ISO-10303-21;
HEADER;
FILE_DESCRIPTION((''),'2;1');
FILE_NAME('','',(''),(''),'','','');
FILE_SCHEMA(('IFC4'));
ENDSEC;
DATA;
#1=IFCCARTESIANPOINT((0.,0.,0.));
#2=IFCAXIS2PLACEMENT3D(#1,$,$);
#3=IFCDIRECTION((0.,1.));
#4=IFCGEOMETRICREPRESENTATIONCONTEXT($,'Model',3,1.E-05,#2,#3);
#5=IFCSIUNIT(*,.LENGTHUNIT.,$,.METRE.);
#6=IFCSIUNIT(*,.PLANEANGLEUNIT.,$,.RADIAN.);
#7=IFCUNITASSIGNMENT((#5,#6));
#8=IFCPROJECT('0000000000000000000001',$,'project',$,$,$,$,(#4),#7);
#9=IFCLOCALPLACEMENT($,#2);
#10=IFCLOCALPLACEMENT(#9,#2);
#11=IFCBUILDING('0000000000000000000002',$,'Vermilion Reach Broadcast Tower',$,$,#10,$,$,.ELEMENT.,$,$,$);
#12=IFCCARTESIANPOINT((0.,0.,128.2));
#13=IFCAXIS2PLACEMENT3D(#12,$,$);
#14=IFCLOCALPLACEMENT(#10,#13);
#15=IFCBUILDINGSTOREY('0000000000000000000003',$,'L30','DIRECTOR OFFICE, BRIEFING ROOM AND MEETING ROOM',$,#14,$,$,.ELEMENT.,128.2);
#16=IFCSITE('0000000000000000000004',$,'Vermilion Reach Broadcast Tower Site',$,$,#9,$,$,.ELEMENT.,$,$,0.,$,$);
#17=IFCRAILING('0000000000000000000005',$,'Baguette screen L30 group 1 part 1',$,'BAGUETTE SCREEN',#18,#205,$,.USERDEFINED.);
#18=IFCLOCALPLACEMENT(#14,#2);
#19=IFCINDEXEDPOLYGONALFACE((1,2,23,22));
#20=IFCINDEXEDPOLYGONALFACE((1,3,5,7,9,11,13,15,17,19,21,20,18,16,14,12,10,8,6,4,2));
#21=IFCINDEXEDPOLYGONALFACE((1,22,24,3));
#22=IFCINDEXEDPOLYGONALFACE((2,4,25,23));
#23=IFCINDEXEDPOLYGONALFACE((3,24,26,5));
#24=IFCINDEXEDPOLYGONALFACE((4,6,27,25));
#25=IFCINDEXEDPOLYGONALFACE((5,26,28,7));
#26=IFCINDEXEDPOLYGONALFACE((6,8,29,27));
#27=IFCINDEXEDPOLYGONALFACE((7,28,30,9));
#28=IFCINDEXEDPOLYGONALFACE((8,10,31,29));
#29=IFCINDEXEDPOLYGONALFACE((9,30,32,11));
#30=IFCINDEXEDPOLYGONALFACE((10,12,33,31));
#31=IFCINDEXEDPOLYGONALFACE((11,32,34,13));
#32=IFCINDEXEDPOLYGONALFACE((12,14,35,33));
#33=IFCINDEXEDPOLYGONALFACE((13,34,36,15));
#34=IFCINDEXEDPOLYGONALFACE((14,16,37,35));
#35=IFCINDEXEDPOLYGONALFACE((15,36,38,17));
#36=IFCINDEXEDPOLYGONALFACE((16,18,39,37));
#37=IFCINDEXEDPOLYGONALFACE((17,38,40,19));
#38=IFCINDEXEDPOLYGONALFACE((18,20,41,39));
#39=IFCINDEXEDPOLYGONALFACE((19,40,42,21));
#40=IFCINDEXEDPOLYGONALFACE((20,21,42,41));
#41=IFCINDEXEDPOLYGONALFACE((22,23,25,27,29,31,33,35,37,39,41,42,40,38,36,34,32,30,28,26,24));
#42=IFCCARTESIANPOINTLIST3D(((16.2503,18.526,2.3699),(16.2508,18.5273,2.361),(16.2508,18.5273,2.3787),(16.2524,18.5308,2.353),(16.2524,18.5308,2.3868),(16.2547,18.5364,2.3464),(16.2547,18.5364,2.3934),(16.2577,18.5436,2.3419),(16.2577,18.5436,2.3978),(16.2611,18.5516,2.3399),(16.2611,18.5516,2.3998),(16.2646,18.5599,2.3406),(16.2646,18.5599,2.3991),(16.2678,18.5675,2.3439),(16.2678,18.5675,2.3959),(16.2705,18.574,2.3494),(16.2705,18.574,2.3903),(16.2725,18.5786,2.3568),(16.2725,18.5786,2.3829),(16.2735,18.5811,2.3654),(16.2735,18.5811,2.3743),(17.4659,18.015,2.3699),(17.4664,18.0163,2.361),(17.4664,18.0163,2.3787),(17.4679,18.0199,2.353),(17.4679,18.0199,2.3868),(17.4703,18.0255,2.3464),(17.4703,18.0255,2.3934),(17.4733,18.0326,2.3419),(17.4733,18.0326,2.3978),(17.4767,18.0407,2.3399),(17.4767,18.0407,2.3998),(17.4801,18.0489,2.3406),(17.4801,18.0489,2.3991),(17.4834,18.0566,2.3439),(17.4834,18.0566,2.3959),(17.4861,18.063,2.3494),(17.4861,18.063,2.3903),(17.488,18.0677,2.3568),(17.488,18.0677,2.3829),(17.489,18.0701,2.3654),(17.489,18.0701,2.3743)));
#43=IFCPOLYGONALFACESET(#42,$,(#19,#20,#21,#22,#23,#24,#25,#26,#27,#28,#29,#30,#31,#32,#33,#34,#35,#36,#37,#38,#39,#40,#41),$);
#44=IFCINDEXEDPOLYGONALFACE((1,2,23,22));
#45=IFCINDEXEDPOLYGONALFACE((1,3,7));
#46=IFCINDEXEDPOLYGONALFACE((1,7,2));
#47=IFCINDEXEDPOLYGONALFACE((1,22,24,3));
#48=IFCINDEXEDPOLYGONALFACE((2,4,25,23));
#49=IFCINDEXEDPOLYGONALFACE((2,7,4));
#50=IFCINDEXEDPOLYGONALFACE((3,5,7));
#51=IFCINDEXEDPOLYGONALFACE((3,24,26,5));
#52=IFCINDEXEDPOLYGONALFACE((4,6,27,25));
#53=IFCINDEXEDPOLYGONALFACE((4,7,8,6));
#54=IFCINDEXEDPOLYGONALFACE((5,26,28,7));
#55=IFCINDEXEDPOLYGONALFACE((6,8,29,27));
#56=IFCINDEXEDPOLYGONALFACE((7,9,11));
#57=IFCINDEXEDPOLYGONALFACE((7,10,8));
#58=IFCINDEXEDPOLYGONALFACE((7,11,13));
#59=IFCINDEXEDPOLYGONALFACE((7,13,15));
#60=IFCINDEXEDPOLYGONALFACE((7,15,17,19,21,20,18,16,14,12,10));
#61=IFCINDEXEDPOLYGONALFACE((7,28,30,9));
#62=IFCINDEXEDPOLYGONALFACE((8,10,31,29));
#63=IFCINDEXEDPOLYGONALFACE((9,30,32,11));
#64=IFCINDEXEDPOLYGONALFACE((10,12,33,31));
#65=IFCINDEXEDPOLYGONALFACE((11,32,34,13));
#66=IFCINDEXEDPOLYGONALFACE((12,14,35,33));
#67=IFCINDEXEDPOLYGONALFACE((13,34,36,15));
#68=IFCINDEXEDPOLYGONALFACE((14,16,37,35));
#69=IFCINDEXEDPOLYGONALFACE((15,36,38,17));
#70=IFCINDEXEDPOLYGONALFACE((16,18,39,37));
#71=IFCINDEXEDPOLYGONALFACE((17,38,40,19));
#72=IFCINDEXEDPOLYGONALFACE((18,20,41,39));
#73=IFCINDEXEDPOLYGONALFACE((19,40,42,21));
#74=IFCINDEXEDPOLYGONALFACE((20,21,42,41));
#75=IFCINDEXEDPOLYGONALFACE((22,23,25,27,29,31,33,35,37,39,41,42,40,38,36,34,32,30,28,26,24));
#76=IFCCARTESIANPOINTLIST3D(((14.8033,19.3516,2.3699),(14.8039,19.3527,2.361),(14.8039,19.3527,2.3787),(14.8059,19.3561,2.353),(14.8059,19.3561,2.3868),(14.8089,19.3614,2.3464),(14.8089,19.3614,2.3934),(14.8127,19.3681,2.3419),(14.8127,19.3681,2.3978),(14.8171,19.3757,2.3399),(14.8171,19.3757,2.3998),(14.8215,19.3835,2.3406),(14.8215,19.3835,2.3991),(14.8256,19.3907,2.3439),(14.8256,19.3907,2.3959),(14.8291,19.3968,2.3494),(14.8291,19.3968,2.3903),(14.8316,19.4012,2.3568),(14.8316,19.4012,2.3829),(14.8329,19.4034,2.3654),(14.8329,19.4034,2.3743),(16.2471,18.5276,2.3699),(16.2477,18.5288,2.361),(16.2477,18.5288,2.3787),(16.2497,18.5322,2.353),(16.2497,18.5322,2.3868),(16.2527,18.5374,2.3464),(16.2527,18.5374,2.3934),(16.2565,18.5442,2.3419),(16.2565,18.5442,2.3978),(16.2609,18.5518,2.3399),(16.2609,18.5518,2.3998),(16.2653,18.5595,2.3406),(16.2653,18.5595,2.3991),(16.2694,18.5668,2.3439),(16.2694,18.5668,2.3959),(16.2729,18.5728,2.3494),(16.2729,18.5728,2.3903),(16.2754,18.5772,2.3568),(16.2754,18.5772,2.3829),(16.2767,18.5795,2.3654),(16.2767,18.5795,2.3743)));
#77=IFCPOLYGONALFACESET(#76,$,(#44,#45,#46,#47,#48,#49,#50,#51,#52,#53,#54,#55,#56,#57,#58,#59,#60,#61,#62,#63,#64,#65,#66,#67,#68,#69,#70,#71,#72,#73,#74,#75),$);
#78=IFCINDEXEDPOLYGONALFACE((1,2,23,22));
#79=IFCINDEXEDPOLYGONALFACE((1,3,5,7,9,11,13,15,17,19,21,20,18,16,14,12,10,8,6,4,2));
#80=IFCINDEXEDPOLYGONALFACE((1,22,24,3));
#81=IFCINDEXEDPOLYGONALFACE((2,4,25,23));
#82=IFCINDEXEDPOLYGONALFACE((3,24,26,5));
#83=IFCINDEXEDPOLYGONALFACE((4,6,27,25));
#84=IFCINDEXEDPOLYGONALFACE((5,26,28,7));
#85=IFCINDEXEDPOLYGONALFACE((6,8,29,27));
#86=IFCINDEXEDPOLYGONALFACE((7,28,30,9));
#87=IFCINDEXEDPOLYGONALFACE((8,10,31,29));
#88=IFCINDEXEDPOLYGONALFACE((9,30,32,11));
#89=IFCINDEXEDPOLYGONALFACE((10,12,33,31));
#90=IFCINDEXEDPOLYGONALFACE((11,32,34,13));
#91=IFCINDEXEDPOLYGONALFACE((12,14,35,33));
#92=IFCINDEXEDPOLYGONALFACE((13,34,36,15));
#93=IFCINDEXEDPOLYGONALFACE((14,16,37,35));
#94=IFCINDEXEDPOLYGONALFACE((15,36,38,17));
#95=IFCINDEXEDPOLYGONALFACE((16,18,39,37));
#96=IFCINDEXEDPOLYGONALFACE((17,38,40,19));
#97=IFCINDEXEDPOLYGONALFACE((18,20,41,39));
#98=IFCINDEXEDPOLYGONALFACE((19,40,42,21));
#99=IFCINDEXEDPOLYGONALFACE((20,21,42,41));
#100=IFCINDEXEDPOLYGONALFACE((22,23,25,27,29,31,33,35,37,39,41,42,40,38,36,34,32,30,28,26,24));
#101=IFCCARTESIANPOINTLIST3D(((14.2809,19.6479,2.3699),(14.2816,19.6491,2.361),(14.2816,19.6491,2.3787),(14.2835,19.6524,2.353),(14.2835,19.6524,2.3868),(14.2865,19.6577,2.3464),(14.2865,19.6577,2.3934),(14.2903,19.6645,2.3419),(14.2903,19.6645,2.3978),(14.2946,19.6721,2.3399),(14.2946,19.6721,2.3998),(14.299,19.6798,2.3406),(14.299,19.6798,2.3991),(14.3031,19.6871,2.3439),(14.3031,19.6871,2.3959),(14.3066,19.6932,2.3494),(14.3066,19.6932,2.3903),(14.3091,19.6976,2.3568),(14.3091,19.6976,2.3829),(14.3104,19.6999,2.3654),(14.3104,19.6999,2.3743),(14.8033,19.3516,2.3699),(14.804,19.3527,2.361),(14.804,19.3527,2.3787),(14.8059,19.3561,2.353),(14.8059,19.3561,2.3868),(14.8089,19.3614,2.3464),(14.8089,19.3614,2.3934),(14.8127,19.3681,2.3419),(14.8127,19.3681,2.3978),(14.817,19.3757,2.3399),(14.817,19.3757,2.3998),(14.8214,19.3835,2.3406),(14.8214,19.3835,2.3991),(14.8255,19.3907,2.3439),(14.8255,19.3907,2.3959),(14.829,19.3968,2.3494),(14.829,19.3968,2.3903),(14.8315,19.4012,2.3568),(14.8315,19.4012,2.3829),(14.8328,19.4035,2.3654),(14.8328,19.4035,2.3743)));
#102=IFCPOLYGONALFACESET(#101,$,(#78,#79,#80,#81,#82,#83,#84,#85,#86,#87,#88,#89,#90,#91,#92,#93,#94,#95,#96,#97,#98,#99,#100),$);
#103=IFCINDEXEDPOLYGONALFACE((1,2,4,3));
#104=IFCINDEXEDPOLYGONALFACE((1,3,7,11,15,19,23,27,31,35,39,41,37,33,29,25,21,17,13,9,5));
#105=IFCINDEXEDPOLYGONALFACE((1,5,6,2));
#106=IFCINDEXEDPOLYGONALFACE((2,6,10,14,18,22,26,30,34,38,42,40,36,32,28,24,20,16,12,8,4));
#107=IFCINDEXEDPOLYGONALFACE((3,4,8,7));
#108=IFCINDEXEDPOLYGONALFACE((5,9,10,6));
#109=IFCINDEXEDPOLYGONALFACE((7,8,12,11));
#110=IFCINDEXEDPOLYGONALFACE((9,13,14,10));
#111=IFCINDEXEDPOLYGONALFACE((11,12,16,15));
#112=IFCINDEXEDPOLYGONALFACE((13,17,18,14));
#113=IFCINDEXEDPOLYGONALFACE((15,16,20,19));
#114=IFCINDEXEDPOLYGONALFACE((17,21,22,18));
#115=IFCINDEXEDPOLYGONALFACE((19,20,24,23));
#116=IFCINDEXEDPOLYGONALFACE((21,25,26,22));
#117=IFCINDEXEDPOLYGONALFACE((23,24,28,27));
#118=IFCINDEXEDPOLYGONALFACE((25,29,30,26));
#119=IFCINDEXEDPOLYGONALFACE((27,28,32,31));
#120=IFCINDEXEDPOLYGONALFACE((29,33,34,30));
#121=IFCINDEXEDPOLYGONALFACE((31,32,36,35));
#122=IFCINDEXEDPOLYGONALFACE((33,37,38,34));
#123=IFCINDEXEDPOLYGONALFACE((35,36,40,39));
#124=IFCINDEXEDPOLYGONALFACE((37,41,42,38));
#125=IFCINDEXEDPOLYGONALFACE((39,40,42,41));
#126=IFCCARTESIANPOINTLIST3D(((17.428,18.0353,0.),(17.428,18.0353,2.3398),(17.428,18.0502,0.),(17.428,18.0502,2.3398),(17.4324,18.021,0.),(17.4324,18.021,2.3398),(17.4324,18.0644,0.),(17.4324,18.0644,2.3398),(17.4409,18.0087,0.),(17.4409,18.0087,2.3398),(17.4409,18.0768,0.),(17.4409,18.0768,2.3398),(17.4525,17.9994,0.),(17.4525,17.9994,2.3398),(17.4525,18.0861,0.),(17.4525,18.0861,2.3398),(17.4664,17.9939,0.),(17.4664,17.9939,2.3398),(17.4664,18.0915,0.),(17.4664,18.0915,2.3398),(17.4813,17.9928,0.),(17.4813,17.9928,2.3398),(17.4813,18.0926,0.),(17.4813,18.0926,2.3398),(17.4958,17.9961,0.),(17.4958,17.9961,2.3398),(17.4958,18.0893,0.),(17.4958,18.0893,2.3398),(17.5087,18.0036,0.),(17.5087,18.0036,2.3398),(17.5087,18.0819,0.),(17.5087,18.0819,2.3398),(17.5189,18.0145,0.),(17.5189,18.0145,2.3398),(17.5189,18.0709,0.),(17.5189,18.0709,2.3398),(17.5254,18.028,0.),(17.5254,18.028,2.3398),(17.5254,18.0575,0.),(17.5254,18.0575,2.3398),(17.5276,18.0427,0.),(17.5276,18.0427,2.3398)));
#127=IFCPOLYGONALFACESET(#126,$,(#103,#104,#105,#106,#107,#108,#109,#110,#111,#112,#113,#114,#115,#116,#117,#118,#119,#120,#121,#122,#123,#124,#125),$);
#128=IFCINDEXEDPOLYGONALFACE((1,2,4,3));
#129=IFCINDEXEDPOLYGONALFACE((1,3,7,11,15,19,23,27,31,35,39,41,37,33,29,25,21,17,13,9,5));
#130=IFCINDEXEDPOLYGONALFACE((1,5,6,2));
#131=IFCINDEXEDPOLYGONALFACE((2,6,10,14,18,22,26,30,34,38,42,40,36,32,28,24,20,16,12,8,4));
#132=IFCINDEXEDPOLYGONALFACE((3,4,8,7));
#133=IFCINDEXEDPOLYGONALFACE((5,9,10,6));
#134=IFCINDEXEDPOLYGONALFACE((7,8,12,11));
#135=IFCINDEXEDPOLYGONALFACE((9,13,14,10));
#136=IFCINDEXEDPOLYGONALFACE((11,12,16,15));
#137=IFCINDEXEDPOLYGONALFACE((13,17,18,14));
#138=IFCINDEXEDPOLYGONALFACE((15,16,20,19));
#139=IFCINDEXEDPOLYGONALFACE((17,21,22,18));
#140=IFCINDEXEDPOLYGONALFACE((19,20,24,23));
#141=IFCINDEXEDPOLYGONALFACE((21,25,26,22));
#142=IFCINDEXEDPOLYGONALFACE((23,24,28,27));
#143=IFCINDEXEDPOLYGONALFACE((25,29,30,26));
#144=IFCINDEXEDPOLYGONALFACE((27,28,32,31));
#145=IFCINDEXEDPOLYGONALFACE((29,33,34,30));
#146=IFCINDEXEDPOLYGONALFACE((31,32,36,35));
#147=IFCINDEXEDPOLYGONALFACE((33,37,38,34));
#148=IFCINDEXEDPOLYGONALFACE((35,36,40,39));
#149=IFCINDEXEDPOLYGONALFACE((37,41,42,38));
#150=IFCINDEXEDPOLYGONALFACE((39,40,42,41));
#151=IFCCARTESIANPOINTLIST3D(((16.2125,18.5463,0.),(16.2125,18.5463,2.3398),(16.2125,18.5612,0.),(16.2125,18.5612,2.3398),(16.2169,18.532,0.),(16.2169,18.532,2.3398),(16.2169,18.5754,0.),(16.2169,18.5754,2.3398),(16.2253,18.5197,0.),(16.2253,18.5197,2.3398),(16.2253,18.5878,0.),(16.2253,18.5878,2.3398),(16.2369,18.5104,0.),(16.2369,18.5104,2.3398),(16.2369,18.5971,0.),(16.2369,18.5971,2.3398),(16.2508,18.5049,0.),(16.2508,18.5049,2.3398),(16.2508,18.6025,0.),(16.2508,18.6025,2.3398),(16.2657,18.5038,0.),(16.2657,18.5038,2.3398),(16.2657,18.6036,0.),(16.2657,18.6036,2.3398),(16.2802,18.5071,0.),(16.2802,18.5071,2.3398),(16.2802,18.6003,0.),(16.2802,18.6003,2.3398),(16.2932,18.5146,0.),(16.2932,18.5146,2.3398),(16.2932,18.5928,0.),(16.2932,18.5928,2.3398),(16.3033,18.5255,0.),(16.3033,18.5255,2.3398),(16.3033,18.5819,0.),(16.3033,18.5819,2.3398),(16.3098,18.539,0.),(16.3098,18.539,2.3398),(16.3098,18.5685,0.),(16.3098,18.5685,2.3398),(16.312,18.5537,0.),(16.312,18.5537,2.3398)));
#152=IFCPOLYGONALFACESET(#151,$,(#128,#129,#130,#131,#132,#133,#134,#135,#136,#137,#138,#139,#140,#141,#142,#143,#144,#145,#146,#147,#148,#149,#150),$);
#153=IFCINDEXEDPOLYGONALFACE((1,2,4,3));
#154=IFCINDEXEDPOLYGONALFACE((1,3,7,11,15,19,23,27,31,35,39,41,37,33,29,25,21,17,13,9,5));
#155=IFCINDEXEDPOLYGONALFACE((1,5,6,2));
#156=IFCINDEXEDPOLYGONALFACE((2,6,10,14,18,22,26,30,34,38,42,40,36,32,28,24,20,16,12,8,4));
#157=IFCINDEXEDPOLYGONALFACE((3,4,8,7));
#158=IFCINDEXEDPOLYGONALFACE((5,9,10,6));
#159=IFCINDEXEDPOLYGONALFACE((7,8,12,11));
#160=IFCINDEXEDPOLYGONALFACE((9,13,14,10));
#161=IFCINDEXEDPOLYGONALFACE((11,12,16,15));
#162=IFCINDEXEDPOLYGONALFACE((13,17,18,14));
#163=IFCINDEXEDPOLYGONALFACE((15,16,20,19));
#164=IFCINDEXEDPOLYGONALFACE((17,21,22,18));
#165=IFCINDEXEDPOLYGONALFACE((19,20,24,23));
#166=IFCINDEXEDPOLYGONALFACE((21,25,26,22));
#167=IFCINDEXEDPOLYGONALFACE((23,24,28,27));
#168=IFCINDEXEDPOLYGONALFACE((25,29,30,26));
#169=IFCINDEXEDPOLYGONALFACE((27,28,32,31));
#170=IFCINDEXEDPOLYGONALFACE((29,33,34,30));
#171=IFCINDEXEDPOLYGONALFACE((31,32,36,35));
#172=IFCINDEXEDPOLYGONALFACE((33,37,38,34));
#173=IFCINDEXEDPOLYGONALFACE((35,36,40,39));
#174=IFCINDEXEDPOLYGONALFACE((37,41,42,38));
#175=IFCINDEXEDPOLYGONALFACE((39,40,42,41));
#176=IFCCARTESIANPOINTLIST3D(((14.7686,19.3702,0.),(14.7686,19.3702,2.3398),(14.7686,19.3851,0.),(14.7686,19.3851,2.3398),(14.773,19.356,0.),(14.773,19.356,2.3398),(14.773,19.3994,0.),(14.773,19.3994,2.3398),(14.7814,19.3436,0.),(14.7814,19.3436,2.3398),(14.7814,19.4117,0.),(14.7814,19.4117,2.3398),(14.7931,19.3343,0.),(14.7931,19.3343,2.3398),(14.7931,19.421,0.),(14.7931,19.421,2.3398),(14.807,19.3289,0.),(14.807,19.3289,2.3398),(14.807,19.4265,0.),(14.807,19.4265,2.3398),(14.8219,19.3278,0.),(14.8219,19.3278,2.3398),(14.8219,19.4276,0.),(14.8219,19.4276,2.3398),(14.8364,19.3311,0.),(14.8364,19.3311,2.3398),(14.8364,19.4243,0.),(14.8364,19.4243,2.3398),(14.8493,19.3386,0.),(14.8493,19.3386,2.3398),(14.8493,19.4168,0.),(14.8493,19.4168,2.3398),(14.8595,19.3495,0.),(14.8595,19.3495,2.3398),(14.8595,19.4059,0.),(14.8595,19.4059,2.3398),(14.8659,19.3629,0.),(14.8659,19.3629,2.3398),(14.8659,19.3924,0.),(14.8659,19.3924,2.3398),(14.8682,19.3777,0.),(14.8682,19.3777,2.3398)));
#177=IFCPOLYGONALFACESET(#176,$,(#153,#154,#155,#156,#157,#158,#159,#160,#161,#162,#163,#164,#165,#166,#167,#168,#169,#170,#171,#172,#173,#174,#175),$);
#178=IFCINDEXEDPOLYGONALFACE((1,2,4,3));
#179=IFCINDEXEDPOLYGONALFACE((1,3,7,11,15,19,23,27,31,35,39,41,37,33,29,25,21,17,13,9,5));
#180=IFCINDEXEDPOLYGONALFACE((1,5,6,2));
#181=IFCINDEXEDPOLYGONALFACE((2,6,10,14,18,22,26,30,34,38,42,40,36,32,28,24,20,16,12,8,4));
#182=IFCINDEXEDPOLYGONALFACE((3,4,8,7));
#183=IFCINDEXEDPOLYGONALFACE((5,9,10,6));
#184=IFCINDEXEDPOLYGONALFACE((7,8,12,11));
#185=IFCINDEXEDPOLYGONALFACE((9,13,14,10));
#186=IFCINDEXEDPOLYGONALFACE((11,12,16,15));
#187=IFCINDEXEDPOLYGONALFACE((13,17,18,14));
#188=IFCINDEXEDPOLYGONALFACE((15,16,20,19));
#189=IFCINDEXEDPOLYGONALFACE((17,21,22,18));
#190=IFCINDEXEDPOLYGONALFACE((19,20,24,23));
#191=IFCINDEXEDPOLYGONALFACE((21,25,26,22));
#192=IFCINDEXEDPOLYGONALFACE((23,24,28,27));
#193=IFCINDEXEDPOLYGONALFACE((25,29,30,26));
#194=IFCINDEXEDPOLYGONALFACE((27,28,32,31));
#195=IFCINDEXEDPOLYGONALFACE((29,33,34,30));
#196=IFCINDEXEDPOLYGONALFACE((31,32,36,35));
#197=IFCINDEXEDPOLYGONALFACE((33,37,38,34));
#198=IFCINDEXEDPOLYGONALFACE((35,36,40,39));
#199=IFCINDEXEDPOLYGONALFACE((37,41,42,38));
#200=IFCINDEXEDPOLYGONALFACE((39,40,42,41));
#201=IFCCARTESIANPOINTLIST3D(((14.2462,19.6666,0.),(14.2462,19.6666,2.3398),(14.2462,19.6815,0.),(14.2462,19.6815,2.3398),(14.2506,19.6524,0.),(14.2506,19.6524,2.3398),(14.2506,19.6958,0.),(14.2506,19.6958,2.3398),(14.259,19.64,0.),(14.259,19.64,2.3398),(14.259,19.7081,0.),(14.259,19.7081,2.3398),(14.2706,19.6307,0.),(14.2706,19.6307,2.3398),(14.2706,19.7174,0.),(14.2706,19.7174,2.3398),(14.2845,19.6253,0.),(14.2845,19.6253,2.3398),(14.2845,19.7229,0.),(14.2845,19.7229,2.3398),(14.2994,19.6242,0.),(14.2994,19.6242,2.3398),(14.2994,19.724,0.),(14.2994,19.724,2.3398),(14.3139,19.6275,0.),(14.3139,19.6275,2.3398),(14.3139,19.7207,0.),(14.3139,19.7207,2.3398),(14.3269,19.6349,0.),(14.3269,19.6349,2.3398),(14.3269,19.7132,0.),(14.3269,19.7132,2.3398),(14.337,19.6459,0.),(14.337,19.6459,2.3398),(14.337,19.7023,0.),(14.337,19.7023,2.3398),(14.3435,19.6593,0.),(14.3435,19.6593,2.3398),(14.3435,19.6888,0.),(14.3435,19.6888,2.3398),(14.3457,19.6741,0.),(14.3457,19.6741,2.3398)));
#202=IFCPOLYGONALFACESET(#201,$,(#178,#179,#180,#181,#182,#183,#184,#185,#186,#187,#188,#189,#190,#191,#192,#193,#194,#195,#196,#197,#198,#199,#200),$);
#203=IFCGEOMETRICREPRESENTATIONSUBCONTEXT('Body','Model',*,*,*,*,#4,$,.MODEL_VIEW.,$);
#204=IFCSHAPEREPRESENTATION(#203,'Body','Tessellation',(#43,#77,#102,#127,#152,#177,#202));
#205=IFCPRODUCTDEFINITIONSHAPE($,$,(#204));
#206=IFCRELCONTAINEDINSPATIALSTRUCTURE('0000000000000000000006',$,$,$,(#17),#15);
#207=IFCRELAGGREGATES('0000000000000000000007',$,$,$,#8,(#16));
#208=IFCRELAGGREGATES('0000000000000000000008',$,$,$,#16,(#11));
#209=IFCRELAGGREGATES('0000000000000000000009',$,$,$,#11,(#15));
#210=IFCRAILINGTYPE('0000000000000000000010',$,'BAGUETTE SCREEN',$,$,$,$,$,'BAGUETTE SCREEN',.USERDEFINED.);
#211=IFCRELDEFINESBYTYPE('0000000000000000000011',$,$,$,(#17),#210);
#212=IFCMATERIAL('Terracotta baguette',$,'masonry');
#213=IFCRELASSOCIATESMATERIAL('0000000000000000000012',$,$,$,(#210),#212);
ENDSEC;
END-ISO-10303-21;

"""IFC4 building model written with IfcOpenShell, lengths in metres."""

from ifc_helpers import new_model, si_unit, direction, frame, origin, origin_2d, place, context, subcontext, project, spatial, circle, extrude, material, type_object, element, save


model = new_model("IFC4")

# Units and contexts
model_context = context("Model", 3, precision=1e-05, world=origin(), true_north=direction((0.0, 1.0)))
body_context = subcontext(model_context, "Body", "Model", "MODEL_VIEW")
ifc_project = project(units=[si_unit("LENGTHUNIT", "METRE"), si_unit("PLANEANGLEUNIT", "RADIAN")], contexts=[model_context])

# Site, building, storey
site_placement = place(None, origin())
site = spatial("IfcSite", under=ifc_project, at=site_placement, Name="Vermilion Reach Broadcast Tower Site", CompositionType="ELEMENT", RefElevation=0.0)
building_placement = place(site_placement, origin())
building = spatial("IfcBuilding", under=site, at=building_placement, Name="Vermilion Reach Broadcast Tower", CompositionType="ELEMENT")
storey_placement = place(building_placement, frame((0.0, 0.0, 128.2)))
storey = spatial("IfcBuildingStorey", under=building, at=storey_placement, Name="L30", Description="DIRECTOR OFFICE, BRIEFING ROOM AND MEETING ROOM", CompositionType="ELEMENT", Elevation=128.2)

# Railing
ifc_material_1 = material(Name="Terracotta baguette", Category="masonry")
railing_type_1 = type_object("IfcRailingType", Name="BAGUETTE SCREEN", ElementType="BAGUETTE SCREEN", PredefinedType="USERDEFINED", material=ifc_material_1)
railing_1_placement = place(storey_placement, frame((17.4775, 18.0427, 0.0)))
element("IfcRailing", 1, at=railing_1_placement, inside=storey, type_object=railing_type_1, Name="Baguette screen L30 group 1 part 1", ObjectType="BAGUETTE SCREEN", PredefinedType="USERDEFINED", context=body_context, shape_type="SweptSolid", body=[
    extrude(circle(Radius=0.03, at=origin_2d()), frame((0.0, 0.0, 2.3699), z_axis=(-0.921862, 0.387519, 0.0), x_axis=(-0.387519, -0.921862, 0.0)), (0.0, 0.0, 1.0), 1.3186),
    extrude(circle(Radius=0.03, at=origin_2d()), frame((-1.2156, 0.511, 2.3699), z_axis=(-0.868523, 0.495649, 0.0), x_axis=(-0.495649, -0.868523, 0.0)), (0.0, 0.0, 1.0), 1.6624),
    extrude(circle(Radius=0.03, at=origin_2d()), frame((-2.6594, 1.335, 2.3699), z_axis=(-0.86979, 0.493423, 0.0), x_axis=(-0.493423, -0.86979, 0.0)), (0.0, 0.0, 1.0), 0.6006),
    extrude(circle(Radius=0.05, at=origin_2d()), origin(), (0.0, 0.0, 1.0), 2.3398),
    extrude(circle(Radius=0.05, at=origin_2d()), frame((-1.2156, 0.511, 0.0)), (0.0, 0.0, 1.0), 2.3398),
    extrude(circle(Radius=0.05, at=origin_2d()), frame((-2.6594, 1.335, 0.0)), (0.0, 0.0, 1.0), 2.3398),
    extrude(circle(Radius=0.05, at=origin_2d()), frame((-3.1819, 1.6313, 0.0)), (0.0, 0.0, 1.0), 2.3398),
])

save(model, "model.ifc")
